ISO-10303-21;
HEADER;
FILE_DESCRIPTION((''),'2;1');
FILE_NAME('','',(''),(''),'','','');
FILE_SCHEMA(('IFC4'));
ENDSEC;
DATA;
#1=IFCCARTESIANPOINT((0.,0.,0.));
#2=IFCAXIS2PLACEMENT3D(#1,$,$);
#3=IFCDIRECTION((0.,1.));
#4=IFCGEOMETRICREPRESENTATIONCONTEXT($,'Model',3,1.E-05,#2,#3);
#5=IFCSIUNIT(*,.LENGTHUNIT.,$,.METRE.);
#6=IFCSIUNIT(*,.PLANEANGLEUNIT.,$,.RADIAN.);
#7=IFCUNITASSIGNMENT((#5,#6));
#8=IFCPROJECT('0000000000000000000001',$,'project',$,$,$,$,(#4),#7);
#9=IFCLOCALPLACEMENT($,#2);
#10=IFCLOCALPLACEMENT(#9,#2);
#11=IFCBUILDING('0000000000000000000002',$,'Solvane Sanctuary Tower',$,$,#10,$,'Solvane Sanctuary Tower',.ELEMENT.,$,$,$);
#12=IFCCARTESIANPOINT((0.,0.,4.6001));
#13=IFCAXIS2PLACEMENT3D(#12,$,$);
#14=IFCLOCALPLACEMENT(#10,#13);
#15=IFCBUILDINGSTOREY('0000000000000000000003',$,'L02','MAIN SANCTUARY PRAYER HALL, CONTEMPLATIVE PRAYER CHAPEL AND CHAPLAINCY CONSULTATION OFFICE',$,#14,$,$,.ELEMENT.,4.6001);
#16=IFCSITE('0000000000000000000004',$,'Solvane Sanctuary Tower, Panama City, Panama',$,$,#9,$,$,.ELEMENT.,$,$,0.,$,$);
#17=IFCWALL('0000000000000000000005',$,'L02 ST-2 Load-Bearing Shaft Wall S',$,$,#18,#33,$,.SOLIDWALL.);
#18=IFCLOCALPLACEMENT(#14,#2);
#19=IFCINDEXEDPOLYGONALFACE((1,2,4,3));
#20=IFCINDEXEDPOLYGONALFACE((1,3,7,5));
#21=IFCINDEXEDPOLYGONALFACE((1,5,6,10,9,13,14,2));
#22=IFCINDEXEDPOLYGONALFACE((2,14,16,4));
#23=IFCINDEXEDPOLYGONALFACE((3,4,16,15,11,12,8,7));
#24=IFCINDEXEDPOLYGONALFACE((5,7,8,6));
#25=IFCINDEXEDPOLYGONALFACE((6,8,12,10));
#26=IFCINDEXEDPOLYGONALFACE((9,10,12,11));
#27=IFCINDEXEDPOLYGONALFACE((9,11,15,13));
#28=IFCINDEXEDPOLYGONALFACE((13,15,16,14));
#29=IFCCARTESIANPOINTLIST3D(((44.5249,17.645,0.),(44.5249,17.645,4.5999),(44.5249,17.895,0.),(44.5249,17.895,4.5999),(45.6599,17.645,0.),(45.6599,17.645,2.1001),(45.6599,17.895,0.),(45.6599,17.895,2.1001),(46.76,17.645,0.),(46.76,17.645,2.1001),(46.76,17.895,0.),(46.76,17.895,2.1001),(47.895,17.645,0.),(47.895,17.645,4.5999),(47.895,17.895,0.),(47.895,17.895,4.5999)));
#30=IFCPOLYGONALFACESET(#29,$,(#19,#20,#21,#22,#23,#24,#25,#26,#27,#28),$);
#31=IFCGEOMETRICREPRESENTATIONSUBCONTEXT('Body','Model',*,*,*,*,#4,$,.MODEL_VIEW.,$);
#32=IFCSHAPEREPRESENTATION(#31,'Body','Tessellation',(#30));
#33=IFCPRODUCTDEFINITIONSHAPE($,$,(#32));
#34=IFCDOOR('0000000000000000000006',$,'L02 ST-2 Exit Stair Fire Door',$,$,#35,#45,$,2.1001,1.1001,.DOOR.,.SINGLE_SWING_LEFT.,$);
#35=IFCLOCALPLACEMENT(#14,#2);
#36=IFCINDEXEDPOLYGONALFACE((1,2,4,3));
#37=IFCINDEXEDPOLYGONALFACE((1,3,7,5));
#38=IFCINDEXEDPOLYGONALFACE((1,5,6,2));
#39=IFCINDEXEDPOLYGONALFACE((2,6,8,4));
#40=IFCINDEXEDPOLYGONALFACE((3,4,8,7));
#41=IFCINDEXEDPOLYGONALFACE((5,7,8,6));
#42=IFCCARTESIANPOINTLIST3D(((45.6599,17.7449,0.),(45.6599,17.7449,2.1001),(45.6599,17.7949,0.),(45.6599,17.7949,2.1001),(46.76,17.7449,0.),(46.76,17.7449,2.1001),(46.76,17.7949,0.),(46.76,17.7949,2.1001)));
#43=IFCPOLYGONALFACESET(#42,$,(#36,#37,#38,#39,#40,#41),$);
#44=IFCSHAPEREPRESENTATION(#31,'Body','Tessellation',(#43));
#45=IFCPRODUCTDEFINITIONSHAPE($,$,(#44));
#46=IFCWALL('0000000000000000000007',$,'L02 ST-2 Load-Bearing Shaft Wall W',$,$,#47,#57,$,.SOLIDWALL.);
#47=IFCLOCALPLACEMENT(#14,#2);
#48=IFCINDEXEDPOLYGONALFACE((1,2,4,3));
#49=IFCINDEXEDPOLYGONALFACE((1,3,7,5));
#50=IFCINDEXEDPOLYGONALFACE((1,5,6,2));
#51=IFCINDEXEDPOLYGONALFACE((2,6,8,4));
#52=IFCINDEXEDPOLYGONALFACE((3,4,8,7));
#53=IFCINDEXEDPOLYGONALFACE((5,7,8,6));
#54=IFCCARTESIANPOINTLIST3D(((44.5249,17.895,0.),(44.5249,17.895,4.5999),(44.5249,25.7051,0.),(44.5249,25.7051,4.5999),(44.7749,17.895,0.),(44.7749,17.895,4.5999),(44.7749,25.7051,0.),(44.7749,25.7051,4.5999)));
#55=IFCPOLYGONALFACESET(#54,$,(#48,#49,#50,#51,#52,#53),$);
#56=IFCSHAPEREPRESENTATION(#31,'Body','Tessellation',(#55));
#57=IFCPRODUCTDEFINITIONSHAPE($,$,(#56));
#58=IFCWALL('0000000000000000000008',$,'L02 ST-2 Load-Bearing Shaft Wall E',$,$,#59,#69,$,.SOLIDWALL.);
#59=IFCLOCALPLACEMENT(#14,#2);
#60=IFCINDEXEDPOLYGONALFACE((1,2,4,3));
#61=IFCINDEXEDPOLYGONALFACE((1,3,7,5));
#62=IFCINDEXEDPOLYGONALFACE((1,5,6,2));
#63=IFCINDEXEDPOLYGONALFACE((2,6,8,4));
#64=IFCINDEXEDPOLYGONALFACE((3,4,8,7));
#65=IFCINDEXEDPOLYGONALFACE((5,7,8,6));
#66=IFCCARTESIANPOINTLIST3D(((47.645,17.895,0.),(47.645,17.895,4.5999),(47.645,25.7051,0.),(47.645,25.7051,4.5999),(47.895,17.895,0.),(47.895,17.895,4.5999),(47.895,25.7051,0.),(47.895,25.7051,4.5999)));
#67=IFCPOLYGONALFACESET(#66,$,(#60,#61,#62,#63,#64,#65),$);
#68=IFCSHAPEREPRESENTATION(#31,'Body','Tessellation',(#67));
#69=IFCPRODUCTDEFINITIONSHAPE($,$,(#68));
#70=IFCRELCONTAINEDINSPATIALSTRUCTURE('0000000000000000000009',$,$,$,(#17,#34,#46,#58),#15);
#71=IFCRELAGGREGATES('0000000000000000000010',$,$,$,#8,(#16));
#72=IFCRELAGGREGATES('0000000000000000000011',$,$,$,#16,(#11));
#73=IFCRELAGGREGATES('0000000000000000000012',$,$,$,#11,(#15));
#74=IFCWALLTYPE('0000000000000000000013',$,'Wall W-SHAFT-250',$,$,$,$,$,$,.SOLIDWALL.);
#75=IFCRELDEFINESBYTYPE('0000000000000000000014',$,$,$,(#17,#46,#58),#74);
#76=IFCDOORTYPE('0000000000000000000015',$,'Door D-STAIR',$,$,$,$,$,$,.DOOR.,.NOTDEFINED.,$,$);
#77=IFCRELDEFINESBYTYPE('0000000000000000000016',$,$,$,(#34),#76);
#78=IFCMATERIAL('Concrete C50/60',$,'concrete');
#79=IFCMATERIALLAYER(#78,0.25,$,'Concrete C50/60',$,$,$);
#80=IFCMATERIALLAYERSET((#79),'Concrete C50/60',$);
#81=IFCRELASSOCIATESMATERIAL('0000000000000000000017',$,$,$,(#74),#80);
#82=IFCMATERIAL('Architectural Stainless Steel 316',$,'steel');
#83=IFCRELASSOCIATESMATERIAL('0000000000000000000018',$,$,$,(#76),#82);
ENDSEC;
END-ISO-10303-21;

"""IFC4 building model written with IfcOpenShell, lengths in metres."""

from ifc_helpers import new_model, si_unit, direction, frame, frame_2d, origin, place, context, subcontext, project, spatial, rectangle, extrude, material, layer, layer_set, type_object, element, fill, save


model = new_model("IFC4")

# Units and contexts
model_context = context("Model", 3, precision=1e-05, world=origin(), true_north=direction((0.0, 1.0)))
body_context = subcontext(model_context, "Body", "Model", "MODEL_VIEW")
ifc_project = project(units=[si_unit("LENGTHUNIT", "METRE"), si_unit("PLANEANGLEUNIT", "RADIAN")], contexts=[model_context])

# Site, building, storey
site_placement = place(None, origin())
site = spatial("IfcSite", under=ifc_project, at=site_placement, Name="Solvane Sanctuary Tower, Panama City, Panama", CompositionType="ELEMENT", RefElevation=0.0)
building_placement = place(site_placement, origin())
building = spatial("IfcBuilding", under=site, at=building_placement, Name="Solvane Sanctuary Tower", LongName="Solvane Sanctuary Tower", CompositionType="ELEMENT")
storey_placement = place(building_placement, frame((0.0, 0.0, 4.6001)))
storey = spatial("IfcBuildingStorey", under=building, at=storey_placement, Name="L02", Description="MAIN SANCTUARY PRAYER HALL, CONTEMPLATIVE PRAYER CHAPEL AND CHAPLAINCY CONSULTATION OFFICE", CompositionType="ELEMENT", Elevation=4.6001)

# Shared definitions
ifc_material_1 = material(Name="Architectural Stainless Steel 316", Category="steel")

# Shared definitions
ifc_material_2 = material(Name="Concrete C50/60", Category="concrete")

# Wall, opening, door
ifc_layer_1 = layer(ifc_material_2, 0.25, Name="Concrete C50/60")
ifc_layer_set_1 = layer_set([ifc_layer_1], Name="Concrete C50/60")
wall_type_1 = type_object("IfcWallType", Name="Wall W-SHAFT-250", PredefinedType="SOLIDWALL", material=ifc_layer_set_1)
wall_1_placement = place(storey_placement, frame((44.5249, 17.77, 0.0), z_axis=(0.0, 0.0, 1.0), x_axis=(1.0, 0.0, 0.0)))
wall_1 = element("IfcWall", 1, at=wall_1_placement, inside=storey, type_object=wall_type_1, Name="L02 ST-2 Load-Bearing Shaft Wall S", PredefinedType="SOLIDWALL", context=body_context, shape_type="SweptSolid", body=[
    extrude(rectangle(XDim=3.3701, YDim=0.25, at=frame_2d((1.6851, 0.0))), origin(), (0.0, 0.0, 1.0), 4.5999),
])
opening_1_placement = place(wall_1_placement, frame((1.135, 0.0, 0.0)))
opening_1 = element("IfcOpeningElement", 2, at=opening_1_placement, cuts=wall_1, PredefinedType="OPENING", context=body_context, shape_type="SweptSolid", body=[
    extrude(rectangle(XDim=1.1001, YDim=2.1001, at=frame_2d((0.55, 1.05))), frame((0.0, 0.135, 0.0), z_axis=(0.0, -1.0, 0.0), x_axis=(1.0, 0.0, 0.0)), (0.0, 0.0, 1.0), 0.27),
])
door_type_1 = type_object("IfcDoorType", Name="Door D-STAIR", OperationType="NOTDEFINED", PredefinedType="DOOR", material=ifc_material_1)
door_1_placement = place(opening_1_placement, origin())
door_1 = element("IfcDoor", 3, at=door_1_placement, inside=storey, type_object=door_type_1, Name="L02 ST-2 Exit Stair Fire Door", OperationType="SINGLE_SWING_LEFT", OverallHeight=2.1001, OverallWidth=1.1001, PredefinedType="DOOR", context=body_context, shape_type="SweptSolid", body=[
    extrude(rectangle(XDim=1.1001, YDim=2.1001, at=frame_2d((0.55, 1.05))), frame((0.0, 0.0249, 0.0), z_axis=(0.0, -1.0, 0.0), x_axis=(1.0, 0.0, 0.0)), (0.0, 0.0, 1.0), 0.05),
])
fill(opening_1, door_1)

# Walls
for number, where, z_axis, x_axis, name in (
    (4, (44.6499, 17.895, 0.0), (0.0, 0.0, 1.0), (0.0, 1.0, 0.0), "L02 ST-2 Load-Bearing Shaft Wall W"),
    (5, (47.77, 17.895, 0.0), (0.0, 0.0, 1.0), (0.0, 1.0, 0.0), "L02 ST-2 Load-Bearing Shaft Wall E"),
):
    element("IfcWall", number, at=place(storey_placement, frame(where, z_axis=z_axis, x_axis=x_axis)), inside=storey, type_object=wall_type_1, Name=name, PredefinedType="SOLIDWALL", context=body_context, shape_type="SweptSolid", body=[
        extrude(rectangle(XDim=7.8101, YDim=0.25, at=frame_2d((3.905, 0.0))), origin(), (0.0, 0.0, 1.0), 4.5999),
    ])

save(model, "model.ifc")
